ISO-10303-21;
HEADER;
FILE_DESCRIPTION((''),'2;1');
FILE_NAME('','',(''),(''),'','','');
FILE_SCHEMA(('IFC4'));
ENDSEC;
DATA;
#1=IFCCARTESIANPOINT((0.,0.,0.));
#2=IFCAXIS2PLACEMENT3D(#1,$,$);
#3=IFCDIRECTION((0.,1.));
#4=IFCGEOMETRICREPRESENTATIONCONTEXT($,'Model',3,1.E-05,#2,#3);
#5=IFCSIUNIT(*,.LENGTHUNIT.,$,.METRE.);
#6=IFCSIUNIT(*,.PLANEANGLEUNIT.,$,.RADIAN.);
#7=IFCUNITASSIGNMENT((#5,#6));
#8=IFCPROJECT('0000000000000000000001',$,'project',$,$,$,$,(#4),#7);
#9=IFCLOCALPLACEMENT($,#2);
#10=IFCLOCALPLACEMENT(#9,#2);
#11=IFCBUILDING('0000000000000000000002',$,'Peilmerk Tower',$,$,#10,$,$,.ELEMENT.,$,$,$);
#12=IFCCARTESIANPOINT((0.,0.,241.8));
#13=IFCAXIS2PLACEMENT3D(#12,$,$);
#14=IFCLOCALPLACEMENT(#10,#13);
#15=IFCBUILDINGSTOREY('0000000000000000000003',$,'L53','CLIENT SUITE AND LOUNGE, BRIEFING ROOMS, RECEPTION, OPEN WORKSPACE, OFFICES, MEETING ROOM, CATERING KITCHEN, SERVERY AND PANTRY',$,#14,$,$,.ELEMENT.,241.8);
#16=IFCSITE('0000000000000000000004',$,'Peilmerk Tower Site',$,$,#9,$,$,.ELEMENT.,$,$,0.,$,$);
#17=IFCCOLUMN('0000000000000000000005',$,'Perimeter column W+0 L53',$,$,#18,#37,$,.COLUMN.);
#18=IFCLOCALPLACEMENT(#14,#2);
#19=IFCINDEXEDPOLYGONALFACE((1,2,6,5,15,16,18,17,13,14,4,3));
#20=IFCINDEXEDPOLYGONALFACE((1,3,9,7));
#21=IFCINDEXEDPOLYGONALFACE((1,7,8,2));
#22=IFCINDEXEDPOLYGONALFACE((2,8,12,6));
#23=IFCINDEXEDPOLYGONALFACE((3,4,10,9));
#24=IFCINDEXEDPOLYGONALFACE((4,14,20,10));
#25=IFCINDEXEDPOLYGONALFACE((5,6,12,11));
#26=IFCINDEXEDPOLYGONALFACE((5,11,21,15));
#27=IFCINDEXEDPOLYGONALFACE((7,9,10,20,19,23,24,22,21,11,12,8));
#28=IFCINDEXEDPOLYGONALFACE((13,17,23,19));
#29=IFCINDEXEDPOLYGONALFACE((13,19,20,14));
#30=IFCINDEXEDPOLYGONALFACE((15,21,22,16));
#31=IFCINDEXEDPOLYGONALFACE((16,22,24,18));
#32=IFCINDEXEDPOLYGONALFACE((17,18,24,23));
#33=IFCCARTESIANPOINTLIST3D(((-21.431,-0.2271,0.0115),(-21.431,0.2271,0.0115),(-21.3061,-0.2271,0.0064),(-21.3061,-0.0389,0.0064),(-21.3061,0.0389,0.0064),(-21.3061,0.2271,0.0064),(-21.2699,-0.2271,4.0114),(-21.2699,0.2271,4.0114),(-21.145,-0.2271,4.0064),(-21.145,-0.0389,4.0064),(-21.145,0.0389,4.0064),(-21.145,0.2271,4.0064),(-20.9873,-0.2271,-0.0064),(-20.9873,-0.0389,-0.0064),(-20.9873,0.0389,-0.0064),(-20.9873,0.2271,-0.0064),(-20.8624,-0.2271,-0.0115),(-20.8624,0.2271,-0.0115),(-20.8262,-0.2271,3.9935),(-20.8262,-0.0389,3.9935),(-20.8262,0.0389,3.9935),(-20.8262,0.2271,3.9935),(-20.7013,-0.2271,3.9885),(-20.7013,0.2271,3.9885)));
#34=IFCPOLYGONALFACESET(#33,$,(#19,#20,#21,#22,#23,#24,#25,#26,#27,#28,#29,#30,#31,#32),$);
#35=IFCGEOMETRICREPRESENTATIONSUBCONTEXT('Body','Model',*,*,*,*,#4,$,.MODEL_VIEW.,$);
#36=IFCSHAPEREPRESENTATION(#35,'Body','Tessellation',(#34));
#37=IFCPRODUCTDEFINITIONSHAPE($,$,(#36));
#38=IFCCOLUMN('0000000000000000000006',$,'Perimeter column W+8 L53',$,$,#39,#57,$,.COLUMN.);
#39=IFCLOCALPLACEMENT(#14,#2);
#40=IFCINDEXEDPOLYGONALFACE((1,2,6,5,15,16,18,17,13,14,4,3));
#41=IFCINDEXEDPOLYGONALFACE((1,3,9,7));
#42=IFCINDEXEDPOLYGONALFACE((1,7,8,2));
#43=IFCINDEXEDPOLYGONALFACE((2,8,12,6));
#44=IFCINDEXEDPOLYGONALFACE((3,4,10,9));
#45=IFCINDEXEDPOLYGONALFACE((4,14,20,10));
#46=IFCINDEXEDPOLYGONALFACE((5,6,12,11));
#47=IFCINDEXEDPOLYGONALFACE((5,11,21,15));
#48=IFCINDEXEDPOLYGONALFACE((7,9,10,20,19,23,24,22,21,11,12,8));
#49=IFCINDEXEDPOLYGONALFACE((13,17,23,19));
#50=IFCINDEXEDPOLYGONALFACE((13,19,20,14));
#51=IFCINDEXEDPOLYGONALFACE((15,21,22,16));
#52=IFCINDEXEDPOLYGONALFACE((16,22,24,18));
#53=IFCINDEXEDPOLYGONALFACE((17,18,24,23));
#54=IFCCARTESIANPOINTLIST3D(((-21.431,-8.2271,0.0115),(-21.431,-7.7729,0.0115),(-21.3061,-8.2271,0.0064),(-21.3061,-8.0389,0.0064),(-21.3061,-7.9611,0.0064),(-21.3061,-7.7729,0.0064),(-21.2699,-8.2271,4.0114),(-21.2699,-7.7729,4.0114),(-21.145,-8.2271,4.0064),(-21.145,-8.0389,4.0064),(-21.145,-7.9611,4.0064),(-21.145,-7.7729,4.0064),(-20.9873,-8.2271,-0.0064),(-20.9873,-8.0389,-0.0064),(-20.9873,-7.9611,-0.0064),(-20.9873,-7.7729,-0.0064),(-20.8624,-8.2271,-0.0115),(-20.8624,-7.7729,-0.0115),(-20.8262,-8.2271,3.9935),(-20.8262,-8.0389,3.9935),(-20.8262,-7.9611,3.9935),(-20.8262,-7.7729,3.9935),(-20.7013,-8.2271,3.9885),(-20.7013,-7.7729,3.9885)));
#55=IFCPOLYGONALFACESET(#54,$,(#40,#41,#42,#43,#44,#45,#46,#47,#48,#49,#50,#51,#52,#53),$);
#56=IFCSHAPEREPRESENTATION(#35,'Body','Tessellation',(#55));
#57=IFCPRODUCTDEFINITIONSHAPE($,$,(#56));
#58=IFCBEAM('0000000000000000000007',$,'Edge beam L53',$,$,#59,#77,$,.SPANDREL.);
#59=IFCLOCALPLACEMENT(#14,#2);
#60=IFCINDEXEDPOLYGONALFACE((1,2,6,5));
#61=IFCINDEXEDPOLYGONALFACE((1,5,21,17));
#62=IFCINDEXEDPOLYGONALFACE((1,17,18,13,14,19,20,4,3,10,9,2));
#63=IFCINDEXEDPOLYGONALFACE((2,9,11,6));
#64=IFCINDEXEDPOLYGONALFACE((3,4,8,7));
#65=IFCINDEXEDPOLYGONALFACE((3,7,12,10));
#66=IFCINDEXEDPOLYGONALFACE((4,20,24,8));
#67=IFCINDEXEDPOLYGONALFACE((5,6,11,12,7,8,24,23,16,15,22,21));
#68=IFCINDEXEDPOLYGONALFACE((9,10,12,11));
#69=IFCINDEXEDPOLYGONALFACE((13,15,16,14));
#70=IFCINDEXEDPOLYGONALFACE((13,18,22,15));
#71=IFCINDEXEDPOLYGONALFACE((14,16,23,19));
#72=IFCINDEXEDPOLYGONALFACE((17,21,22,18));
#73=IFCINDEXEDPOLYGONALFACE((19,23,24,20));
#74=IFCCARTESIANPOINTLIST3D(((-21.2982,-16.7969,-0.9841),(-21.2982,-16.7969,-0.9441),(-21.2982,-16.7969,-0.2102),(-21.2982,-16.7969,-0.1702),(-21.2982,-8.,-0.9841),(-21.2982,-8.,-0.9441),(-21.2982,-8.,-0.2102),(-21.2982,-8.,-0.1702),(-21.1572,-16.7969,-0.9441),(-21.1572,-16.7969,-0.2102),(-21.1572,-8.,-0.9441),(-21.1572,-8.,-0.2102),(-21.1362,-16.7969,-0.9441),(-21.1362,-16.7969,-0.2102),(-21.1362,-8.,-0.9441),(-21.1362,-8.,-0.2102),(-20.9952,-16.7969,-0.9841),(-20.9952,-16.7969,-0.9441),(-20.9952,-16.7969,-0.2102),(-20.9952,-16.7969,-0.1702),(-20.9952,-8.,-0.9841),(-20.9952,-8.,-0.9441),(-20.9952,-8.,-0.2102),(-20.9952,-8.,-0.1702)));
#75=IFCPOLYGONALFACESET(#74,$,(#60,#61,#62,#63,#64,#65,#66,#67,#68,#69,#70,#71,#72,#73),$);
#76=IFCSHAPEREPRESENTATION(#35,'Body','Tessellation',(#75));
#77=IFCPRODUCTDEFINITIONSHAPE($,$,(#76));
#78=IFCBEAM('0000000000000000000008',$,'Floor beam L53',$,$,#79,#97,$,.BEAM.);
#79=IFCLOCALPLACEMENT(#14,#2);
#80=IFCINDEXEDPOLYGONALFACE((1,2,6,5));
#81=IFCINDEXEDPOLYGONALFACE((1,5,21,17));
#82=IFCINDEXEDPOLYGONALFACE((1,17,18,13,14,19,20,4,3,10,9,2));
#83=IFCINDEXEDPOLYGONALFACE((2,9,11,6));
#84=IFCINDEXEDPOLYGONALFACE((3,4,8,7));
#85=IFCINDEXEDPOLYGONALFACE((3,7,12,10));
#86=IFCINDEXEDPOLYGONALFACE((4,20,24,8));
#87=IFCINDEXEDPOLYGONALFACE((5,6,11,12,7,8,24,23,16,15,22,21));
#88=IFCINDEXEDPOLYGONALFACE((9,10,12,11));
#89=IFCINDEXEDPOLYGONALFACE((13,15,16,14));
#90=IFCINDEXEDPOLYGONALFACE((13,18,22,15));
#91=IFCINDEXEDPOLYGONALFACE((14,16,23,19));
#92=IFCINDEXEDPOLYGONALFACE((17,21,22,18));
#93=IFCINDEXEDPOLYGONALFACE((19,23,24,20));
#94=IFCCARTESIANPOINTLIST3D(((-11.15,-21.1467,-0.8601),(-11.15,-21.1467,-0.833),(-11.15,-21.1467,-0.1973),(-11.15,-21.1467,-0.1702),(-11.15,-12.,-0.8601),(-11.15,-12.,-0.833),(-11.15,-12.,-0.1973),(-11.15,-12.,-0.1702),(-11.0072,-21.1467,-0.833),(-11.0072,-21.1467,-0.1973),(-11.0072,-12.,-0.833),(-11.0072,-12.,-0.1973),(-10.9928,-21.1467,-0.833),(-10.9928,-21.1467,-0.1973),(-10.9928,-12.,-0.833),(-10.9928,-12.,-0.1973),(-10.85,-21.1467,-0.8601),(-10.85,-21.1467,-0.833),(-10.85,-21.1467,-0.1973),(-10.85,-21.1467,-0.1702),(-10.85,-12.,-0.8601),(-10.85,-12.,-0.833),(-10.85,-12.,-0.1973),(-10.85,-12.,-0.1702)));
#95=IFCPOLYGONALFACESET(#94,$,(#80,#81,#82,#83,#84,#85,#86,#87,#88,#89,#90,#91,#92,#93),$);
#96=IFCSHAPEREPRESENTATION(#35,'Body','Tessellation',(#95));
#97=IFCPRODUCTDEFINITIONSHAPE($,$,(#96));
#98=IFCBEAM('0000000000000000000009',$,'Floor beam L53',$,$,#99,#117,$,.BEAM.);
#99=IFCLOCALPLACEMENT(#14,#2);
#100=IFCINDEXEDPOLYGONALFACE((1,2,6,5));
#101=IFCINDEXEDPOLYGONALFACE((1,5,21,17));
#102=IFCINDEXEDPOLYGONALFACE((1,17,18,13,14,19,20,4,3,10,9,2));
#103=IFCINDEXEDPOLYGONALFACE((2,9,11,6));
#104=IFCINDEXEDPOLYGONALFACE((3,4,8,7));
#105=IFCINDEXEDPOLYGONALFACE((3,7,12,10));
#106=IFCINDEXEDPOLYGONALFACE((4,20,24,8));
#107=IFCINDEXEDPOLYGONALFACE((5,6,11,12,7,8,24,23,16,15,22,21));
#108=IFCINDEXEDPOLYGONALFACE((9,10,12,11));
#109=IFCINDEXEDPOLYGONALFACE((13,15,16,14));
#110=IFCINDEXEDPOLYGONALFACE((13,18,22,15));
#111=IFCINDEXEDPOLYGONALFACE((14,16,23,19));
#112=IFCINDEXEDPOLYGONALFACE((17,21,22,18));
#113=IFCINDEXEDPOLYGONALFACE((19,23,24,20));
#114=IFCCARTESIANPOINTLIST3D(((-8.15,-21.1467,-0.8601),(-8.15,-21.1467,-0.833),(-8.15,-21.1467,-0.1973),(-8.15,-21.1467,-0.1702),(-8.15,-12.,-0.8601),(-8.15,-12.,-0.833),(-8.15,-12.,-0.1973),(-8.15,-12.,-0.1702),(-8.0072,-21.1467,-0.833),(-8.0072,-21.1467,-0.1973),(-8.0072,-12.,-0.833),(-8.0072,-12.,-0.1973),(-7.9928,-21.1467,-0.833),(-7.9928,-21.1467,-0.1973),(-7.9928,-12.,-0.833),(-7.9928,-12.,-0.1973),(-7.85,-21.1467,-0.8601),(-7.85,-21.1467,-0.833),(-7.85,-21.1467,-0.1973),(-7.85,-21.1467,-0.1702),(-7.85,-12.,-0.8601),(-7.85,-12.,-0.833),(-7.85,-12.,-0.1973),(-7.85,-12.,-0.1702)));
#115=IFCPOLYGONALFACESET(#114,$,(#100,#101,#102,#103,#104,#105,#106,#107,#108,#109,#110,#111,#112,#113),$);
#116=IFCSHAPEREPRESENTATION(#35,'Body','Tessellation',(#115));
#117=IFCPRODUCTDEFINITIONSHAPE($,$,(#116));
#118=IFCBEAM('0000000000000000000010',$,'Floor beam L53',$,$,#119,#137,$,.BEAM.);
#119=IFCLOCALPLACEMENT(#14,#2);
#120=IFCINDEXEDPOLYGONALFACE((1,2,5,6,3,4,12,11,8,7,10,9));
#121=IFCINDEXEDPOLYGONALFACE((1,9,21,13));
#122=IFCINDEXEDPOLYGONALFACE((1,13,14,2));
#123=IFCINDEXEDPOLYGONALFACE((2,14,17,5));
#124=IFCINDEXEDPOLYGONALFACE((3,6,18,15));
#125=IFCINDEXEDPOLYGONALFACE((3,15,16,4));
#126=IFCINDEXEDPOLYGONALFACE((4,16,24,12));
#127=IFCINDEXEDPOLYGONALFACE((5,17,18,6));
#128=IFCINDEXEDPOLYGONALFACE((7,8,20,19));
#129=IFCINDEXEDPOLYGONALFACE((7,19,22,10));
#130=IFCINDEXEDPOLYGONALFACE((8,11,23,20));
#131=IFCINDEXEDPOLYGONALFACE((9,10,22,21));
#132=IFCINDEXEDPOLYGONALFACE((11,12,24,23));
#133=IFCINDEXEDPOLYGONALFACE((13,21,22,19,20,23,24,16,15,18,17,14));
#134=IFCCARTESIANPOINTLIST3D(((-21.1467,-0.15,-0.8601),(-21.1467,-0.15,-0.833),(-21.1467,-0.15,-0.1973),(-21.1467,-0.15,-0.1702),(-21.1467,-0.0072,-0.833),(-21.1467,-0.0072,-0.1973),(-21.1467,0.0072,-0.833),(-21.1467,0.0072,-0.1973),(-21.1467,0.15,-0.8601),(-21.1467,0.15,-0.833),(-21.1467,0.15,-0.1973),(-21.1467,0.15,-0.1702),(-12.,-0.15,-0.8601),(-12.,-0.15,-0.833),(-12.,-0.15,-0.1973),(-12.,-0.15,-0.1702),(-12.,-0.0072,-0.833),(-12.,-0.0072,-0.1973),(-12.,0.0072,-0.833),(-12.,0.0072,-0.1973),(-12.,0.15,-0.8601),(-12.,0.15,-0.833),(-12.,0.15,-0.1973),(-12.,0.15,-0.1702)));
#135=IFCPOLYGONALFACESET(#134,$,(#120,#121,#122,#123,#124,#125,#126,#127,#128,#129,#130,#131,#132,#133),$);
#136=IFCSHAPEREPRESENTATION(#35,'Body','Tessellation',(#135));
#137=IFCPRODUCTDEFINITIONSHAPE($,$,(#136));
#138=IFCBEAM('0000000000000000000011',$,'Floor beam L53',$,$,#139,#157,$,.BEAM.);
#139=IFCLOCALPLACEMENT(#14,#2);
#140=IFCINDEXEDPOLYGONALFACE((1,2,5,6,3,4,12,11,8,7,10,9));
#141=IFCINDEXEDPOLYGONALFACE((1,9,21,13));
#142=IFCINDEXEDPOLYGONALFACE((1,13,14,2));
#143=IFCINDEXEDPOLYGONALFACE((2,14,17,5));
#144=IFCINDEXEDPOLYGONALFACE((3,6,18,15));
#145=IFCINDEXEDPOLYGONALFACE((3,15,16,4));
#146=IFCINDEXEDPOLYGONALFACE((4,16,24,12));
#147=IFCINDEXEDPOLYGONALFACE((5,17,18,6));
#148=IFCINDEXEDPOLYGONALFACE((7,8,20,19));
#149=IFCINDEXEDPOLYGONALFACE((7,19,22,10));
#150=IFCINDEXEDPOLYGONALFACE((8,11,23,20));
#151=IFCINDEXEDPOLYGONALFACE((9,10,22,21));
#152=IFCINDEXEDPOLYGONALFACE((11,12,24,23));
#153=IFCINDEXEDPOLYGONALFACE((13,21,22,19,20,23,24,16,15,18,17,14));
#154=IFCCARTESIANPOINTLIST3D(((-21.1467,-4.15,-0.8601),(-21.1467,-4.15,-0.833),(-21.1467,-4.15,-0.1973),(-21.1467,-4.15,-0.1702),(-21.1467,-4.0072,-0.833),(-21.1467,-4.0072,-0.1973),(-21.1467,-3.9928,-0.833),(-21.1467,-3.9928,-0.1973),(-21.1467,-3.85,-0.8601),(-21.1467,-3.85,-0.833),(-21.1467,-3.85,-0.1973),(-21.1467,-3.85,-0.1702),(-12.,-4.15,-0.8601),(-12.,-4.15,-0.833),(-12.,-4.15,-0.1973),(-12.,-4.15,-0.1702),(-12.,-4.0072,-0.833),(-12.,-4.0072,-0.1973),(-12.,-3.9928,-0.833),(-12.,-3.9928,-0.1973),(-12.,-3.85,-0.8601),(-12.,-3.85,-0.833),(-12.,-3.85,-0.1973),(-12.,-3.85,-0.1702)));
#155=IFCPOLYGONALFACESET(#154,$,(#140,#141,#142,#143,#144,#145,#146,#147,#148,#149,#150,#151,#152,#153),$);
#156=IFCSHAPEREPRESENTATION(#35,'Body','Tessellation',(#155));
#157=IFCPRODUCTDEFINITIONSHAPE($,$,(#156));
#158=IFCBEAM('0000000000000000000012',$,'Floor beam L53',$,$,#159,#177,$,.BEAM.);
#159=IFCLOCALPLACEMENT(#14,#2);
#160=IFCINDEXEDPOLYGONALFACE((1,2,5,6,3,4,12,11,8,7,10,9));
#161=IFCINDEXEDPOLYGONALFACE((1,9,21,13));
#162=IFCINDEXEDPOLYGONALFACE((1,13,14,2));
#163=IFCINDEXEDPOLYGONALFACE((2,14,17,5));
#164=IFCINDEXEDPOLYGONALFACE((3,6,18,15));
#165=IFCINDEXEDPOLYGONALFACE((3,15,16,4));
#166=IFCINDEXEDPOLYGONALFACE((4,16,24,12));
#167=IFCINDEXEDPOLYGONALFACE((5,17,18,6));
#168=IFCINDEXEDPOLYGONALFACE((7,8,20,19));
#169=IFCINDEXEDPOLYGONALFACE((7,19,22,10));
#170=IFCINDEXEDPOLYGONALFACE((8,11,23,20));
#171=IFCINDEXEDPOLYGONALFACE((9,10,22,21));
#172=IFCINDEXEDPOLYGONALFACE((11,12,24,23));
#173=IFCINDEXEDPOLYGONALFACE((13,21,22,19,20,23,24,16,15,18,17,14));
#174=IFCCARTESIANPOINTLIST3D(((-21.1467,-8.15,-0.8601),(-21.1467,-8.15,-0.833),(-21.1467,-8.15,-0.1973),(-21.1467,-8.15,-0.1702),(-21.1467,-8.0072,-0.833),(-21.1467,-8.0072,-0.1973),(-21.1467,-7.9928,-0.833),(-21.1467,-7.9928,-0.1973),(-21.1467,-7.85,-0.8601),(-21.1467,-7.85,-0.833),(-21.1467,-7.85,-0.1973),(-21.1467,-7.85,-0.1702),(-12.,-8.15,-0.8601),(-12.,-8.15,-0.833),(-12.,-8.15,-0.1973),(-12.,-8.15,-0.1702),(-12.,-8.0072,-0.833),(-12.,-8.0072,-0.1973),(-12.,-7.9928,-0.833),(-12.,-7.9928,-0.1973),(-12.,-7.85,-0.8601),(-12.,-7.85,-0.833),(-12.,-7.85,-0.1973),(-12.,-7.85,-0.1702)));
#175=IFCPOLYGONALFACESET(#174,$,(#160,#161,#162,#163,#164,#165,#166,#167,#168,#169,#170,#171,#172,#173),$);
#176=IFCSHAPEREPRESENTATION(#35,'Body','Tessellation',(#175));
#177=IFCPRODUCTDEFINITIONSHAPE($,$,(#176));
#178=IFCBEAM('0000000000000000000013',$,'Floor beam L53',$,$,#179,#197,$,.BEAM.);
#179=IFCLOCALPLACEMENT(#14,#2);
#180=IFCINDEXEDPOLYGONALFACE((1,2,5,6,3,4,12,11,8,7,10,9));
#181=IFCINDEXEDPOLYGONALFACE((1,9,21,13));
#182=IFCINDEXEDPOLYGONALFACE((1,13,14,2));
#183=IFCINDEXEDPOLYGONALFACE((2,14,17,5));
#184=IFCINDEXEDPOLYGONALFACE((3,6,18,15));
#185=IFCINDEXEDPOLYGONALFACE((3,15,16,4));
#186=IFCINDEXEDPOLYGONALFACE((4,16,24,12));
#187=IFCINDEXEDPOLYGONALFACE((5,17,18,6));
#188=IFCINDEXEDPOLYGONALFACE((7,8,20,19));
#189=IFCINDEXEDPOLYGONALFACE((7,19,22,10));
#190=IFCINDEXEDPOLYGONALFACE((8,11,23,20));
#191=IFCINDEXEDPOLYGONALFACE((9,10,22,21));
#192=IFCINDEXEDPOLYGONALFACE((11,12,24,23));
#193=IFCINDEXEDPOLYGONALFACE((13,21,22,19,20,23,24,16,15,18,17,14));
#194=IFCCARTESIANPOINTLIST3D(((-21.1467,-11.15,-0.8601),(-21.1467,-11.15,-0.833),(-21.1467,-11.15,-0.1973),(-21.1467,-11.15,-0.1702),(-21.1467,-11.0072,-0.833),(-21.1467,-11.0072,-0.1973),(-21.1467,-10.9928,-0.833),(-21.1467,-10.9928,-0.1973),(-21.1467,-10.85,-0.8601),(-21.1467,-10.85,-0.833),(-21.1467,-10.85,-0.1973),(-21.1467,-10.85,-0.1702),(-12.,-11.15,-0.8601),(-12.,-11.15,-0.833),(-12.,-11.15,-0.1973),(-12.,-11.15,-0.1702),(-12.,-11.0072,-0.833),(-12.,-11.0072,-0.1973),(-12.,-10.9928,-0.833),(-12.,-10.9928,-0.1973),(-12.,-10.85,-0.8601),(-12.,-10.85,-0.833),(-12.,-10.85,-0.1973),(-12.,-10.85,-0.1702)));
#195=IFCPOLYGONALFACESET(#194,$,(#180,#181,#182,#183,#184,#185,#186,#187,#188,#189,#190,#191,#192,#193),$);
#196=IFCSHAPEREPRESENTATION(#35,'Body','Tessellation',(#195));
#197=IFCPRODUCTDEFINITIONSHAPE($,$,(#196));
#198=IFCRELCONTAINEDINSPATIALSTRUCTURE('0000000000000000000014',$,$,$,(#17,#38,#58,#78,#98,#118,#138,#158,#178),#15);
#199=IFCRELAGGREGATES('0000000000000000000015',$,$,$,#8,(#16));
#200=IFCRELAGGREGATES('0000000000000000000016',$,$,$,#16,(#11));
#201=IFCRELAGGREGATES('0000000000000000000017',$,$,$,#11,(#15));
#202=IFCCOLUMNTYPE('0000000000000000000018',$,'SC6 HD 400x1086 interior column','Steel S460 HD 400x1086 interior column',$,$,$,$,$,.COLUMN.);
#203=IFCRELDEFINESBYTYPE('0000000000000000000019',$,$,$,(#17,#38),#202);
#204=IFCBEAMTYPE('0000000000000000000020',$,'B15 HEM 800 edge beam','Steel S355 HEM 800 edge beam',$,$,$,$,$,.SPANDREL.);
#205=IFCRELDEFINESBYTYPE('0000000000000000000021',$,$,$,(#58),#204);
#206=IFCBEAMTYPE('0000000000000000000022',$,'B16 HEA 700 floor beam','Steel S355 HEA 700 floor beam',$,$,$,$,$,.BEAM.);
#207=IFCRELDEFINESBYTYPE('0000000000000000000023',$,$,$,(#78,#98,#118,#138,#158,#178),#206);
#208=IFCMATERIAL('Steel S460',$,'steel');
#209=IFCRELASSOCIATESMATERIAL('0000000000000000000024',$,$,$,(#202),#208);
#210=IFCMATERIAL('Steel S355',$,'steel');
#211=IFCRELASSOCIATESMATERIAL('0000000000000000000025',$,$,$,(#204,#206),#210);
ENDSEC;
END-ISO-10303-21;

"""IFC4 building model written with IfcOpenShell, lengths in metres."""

from ifc_helpers import new_model, si_unit, direction, frame, origin, origin_2d, place, context, subcontext, project, spatial, i_section, extrude, material, material_profile, profile_set, type_object, element, save


model = new_model("IFC4")

# Units and contexts
model_context = context("Model", 3, precision=1e-05, world=origin(), true_north=direction((0.0, 1.0)))
body_context = subcontext(model_context, "Body", "Model", "MODEL_VIEW")
ifc_project = project(units=[si_unit("LENGTHUNIT", "METRE"), si_unit("PLANEANGLEUNIT", "RADIAN")], contexts=[model_context])

# Site, building, storey
site_placement = place(None, origin())
site = spatial("IfcSite", under=ifc_project, at=site_placement, Name="Peilmerk Tower Site", CompositionType="ELEMENT", RefElevation=0.0)
building_placement = place(site_placement, origin())
building = spatial("IfcBuilding", under=site, at=building_placement, Name="Peilmerk Tower", CompositionType="ELEMENT")
storey_placement = place(building_placement, frame((0.0, 0.0, 241.8)))
storey = spatial("IfcBuildingStorey", under=building, at=storey_placement, Name="L53", Description="CLIENT SUITE AND LOUNGE, BRIEFING ROOMS, RECEPTION, OPEN WORKSPACE, OFFICES, MEETING ROOM, CATERING KITCHEN, SERVERY AND PANTRY", CompositionType="ELEMENT", Elevation=241.8)

# Columns
ifc_material_1 = material(Name="Steel S460", Category="steel")
ifc_material_profile_1 = material_profile(ifc_material_1, i_section(OverallWidth=0.4541, OverallDepth=0.5691, WebThickness=0.0779, FlangeThickness=0.125, at=origin_2d()), Name="HD 400x1086")
ifc_profile_set_1 = profile_set([ifc_material_profile_1], Name="Steel S460")
column_type = type_object("IfcColumnType", Name="SC6 HD 400x1086 interior column", Description="Steel S460 HD 400x1086 interior column", PredefinedType="COLUMN", material=ifc_profile_set_1)
for number, where, z_axis, x_axis, name in (
    (1, (-21.1467, 0.0, 0.0), (0.040251, 0.0, 0.99919), (0.0, 1.0, 0.0), "Perimeter column W+0 L53"),
    (2, (-21.1467, -8.0, 0.0), (0.040251, 0.0, 0.99919), (0.0, 1.0, 0.0), "Perimeter column W+8 L53"),
):
    element("IfcColumn", number, at=place(storey_placement, frame(where, z_axis=z_axis, x_axis=x_axis)), inside=storey, type_object=column_type, Name=name, PredefinedType="COLUMN", context=body_context, shape_type="SweptSolid", body=[
        extrude(i_section(OverallWidth=0.4541, OverallDepth=0.5691, WebThickness=0.0779, FlangeThickness=0.125, at=origin_2d()), origin(), (0.0, 0.0, 1.0), 4.0032),
    ])

# Beams
ifc_material_2 = material(Name="Steel S355", Category="steel")
ifc_material_profile_2 = material_profile(ifc_material_2, i_section(OverallWidth=0.303, OverallDepth=0.814, WebThickness=0.021, FlangeThickness=0.04, at=origin_2d()), Name="HEM 800")
ifc_profile_set_2 = profile_set([ifc_material_profile_2], Name="Steel S355")
beam_type_1 = type_object("IfcBeamType", Name="B15 HEM 800 edge beam", Description="Steel S355 HEM 800 edge beam", PredefinedType="SPANDREL", material=ifc_profile_set_2)
beam_1_placement = place(storey_placement, frame((-21.1467, -8.0, -0.5771), z_axis=(0.0, -1.0, 0.0), x_axis=(1.0, 0.0, 0.0)))
element("IfcBeam", 3, at=beam_1_placement, inside=storey, type_object=beam_type_1, Name="Edge beam L53", PredefinedType="SPANDREL", context=body_context, shape_type="SweptSolid", body=[
    extrude(i_section(OverallWidth=0.303, OverallDepth=0.814, WebThickness=0.021, FlangeThickness=0.04, at=origin_2d()), origin(), (0.0, 0.0, 1.0), 8.7969),
])
ifc_material_profile_3 = material_profile(ifc_material_2, i_section(OverallWidth=0.3, OverallDepth=0.6899, WebThickness=0.0144, FlangeThickness=0.0271, at=origin_2d()), Name="HEA 700")
ifc_profile_set_3 = profile_set([ifc_material_profile_3], Name="Steel S355")
beam_type_2 = type_object("IfcBeamType", Name="B16 HEA 700 floor beam", Description="Steel S355 HEA 700 floor beam", PredefinedType="BEAM", material=ifc_profile_set_3)
for number, where, z_axis, x_axis, name in (
    (4, (-11.0, -12.0, -0.5151), (0.0, -1.0, 0.0), (1.0, 0.0, 0.0), "Floor beam L53"),
    (5, (-8.0, -12.0, -0.5151), (0.0, -1.0, 0.0), (1.0, 0.0, 0.0), "Floor beam L53"),
    (6, (-12.0, 0.0, -0.5151), (-1.0, 0.0, 0.0), (0.0, -1.0, 0.0), "Floor beam L53"),
    (7, (-12.0, -4.0, -0.5151), (-1.0, 0.0, 0.0), (0.0, -1.0, 0.0), "Floor beam L53"),
    (8, (-12.0, -8.0, -0.5151), (-1.0, 0.0, 0.0), (0.0, -1.0, 0.0), "Floor beam L53"),
    (9, (-12.0, -11.0, -0.5151), (-1.0, 0.0, 0.0), (0.0, -1.0, 0.0), "Floor beam L53"),
):
    element("IfcBeam", number, at=place(storey_placement, frame(where, z_axis=z_axis, x_axis=x_axis)), inside=storey, type_object=beam_type_2, Name=name, PredefinedType="BEAM", context=body_context, shape_type="SweptSolid", body=[
        extrude(i_section(OverallWidth=0.3, OverallDepth=0.6899, WebThickness=0.0144, FlangeThickness=0.0271, at=origin_2d()), origin(), (0.0, 0.0, 1.0), 9.1467),
    ])

save(model, "model.ifc")
